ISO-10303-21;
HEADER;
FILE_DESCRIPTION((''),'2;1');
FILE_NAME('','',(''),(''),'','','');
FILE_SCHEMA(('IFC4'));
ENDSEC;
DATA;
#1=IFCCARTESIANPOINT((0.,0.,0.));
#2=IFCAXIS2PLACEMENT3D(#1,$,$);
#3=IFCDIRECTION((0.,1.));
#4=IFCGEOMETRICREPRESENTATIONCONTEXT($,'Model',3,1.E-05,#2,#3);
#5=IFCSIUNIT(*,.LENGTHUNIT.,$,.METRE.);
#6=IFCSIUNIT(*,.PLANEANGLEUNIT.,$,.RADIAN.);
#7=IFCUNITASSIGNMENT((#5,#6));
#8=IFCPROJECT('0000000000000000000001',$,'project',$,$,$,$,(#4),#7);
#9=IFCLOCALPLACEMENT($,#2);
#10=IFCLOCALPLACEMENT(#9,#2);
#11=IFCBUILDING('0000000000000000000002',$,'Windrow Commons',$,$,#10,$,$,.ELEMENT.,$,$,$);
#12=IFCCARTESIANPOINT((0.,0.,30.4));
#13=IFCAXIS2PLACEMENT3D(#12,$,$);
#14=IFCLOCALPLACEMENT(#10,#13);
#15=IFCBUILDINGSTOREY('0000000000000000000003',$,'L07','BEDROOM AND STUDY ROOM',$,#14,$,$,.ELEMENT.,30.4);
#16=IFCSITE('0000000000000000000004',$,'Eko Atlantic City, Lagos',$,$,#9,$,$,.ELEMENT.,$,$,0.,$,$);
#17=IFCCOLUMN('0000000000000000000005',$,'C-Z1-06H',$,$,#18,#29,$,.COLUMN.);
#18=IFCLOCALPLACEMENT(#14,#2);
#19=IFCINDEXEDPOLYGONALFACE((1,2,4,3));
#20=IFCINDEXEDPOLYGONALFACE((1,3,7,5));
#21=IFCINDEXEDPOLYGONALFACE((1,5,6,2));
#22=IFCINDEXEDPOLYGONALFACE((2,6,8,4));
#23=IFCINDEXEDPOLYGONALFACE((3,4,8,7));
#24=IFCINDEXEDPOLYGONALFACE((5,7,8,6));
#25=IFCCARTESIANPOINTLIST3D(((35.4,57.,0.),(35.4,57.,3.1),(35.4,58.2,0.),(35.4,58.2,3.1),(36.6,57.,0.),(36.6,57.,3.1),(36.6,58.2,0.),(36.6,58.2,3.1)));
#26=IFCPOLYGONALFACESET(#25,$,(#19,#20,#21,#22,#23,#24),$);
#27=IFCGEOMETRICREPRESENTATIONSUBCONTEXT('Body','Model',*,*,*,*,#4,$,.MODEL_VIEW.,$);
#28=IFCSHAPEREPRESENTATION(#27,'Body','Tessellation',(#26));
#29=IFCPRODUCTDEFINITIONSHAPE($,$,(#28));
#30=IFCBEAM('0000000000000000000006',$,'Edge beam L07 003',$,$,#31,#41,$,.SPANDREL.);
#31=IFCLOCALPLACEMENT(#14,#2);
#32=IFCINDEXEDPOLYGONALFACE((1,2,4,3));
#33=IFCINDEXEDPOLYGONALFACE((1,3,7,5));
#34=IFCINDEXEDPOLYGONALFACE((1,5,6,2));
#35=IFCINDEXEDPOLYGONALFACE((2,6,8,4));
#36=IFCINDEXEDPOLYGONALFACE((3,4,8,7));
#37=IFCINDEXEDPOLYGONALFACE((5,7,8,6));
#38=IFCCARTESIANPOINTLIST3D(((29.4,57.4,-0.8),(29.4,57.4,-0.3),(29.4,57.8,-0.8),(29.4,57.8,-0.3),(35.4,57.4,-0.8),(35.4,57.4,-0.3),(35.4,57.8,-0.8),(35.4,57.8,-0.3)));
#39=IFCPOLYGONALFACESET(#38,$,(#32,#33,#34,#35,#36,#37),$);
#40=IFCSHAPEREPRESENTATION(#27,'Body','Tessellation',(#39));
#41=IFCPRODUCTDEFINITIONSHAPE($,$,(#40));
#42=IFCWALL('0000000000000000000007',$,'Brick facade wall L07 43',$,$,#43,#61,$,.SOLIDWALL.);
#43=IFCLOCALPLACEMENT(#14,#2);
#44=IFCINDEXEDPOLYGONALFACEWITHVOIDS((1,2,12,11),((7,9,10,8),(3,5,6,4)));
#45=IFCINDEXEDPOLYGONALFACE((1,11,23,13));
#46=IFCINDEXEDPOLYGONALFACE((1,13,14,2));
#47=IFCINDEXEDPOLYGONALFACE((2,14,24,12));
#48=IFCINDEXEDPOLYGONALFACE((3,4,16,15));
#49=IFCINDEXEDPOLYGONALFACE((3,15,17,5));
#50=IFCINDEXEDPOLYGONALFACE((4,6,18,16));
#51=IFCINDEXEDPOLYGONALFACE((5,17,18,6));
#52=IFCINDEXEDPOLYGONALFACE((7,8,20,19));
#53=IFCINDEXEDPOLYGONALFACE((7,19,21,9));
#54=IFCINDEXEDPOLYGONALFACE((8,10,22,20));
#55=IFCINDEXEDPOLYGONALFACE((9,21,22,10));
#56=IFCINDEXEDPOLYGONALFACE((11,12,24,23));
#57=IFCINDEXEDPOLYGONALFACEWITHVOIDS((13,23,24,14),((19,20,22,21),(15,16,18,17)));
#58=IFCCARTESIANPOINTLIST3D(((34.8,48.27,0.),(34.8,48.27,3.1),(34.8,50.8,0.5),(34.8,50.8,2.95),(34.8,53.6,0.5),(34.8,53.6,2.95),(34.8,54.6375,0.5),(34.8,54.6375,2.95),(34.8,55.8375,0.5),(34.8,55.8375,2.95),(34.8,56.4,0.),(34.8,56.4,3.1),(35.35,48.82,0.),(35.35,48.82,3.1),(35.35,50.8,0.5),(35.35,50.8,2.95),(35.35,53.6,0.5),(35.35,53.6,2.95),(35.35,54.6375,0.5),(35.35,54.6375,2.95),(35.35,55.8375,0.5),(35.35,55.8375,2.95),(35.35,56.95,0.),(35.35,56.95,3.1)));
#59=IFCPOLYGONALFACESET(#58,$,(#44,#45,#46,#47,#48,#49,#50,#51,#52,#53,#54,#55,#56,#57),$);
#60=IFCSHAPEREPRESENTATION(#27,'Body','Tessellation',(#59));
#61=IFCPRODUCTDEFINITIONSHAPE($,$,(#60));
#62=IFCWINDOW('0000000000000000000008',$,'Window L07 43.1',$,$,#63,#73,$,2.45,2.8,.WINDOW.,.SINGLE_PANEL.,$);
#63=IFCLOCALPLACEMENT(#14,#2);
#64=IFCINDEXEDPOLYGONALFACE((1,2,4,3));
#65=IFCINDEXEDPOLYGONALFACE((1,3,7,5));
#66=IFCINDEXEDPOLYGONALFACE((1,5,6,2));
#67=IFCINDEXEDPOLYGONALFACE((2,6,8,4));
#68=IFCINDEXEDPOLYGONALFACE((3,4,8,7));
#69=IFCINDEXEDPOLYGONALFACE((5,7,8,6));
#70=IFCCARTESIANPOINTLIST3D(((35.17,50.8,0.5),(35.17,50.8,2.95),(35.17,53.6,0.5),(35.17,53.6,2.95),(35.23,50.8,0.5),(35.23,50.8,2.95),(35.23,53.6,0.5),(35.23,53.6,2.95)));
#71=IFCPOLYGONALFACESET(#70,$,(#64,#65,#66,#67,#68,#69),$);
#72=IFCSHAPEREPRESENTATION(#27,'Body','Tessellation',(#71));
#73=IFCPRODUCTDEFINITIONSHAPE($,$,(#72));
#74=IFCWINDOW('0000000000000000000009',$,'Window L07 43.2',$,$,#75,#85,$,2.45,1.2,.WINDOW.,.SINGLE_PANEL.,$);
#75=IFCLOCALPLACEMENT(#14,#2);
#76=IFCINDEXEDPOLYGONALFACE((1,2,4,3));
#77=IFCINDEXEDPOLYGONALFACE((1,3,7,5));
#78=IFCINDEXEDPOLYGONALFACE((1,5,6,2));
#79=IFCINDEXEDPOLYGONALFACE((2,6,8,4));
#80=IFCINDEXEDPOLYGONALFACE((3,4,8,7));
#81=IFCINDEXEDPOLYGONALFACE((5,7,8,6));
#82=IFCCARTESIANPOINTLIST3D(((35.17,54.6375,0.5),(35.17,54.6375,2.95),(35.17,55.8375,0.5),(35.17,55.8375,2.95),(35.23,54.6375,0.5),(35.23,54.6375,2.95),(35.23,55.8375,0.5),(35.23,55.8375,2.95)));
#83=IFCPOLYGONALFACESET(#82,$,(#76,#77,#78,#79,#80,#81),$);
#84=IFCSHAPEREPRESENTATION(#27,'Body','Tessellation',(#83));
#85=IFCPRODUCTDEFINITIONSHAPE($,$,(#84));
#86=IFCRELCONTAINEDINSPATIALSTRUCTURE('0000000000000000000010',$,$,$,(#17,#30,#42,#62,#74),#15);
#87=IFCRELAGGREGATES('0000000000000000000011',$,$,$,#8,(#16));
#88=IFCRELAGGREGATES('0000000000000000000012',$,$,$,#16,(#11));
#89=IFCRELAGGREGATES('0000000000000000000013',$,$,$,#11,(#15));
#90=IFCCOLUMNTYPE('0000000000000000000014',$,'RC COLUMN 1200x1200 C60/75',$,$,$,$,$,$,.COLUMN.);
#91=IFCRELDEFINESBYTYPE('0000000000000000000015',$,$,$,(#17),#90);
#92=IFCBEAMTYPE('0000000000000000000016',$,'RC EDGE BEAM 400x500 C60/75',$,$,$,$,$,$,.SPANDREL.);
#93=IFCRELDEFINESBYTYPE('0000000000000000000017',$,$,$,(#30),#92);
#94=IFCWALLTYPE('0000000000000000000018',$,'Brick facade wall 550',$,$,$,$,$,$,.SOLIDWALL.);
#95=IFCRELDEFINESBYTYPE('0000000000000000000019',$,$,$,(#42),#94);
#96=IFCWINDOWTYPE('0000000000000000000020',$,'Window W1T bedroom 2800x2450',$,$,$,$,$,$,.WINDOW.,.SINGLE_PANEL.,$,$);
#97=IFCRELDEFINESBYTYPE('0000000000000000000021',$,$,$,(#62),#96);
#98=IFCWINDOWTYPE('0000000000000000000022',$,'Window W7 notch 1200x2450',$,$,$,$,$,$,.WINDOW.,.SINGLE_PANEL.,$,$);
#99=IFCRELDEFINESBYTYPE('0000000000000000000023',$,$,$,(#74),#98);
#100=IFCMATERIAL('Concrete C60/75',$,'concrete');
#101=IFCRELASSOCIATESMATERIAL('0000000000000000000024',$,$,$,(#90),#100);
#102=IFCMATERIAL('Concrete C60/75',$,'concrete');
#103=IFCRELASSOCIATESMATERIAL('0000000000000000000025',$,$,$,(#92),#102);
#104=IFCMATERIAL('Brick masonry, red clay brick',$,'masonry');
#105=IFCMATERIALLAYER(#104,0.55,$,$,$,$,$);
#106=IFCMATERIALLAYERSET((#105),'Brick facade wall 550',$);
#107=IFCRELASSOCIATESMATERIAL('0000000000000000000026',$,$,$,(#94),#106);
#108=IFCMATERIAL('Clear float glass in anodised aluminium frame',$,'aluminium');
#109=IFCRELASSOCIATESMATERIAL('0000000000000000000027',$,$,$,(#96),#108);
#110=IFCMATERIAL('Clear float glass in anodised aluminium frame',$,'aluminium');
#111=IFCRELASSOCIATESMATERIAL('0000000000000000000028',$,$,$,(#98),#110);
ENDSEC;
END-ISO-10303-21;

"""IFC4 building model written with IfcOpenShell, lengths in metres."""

from ifc_helpers import new_model, si_unit, direction, frame, frame_2d, origin, origin_2d, place, context, subcontext, project, spatial, polyline, rectangle, outline, extrude, material, layer, layer_set, material_profile, profile_set, type_object, element, fill, save


model = new_model("IFC4")

# Units and contexts
model_context = context("Model", 3, precision=1e-05, world=origin(), true_north=direction((0.0, 1.0)))
body_context = subcontext(model_context, "Body", "Model", "MODEL_VIEW")
ifc_project = project(units=[si_unit("LENGTHUNIT", "METRE"), si_unit("PLANEANGLEUNIT", "RADIAN")], contexts=[model_context])

# Site, building, storey
site_placement = place(None, origin())
site = spatial("IfcSite", under=ifc_project, at=site_placement, Name="Eko Atlantic City, Lagos", CompositionType="ELEMENT", RefElevation=0.0)
building_placement = place(site_placement, origin())
building = spatial("IfcBuilding", under=site, at=building_placement, Name="Windrow Commons", CompositionType="ELEMENT")
storey_placement = place(building_placement, frame((0.0, 0.0, 30.4)))
storey = spatial("IfcBuildingStorey", under=building, at=storey_placement, Name="L07", Description="BEDROOM AND STUDY ROOM", CompositionType="ELEMENT", Elevation=30.4)

# Column
ifc_material_1 = material(Name="Concrete C60/75", Category="concrete")
ifc_material_profile_1 = material_profile(ifc_material_1, rectangle(XDim=1.2, YDim=1.2, at=origin_2d()))
ifc_profile_set_1 = profile_set([ifc_material_profile_1], Name="Concrete C60/75")
column_type = type_object("IfcColumnType", Name="RC COLUMN 1200x1200 C60/75", PredefinedType="COLUMN", material=ifc_profile_set_1)
column_placement = place(storey_placement, frame((36.0, 57.6, 0.0), z_axis=(0.0, 0.0, 1.0), x_axis=(1.0, 0.0, 0.0)))
element("IfcColumn", 1, at=column_placement, inside=storey, type_object=column_type, Name="C-Z1-06H", PredefinedType="COLUMN", context=body_context, shape_type="SweptSolid", body=[
    extrude(rectangle(XDim=1.2, YDim=1.2, at=origin_2d()), origin(), (0.0, 0.0, 1.0), 3.1),
])

# Beam
ifc_material_2 = material(Name="Concrete C60/75", Category="concrete")
ifc_material_profile_2 = material_profile(ifc_material_2, rectangle(XDim=0.4, YDim=0.5, at=origin_2d()))
ifc_profile_set_2 = profile_set([ifc_material_profile_2], Name="Concrete C60/75")
beam_type = type_object("IfcBeamType", Name="RC EDGE BEAM 400x500 C60/75", PredefinedType="SPANDREL", material=ifc_profile_set_2)
beam_placement = place(storey_placement, frame((35.4, 57.6, -0.55), z_axis=(-1.0, 0.0, 0.0), x_axis=(0.0, -1.0, 0.0)))
element("IfcBeam", 2, at=beam_placement, inside=storey, type_object=beam_type, Name="Edge beam L07 003", PredefinedType="SPANDREL", context=body_context, shape_type="SweptSolid", body=[
    extrude(rectangle(XDim=0.4, YDim=0.5, at=origin_2d()), origin(), (0.0, 0.0, 1.0), 6.0),
])

# Wall, openings, windows
ifc_material_3 = material(Name="Brick masonry, red clay brick", Category="masonry")
ifc_layer_1 = layer(ifc_material_3, 0.55)
ifc_layer_set_1 = layer_set([ifc_layer_1], Name="Brick facade wall 550")
wall_type_1 = type_object("IfcWallType", Name="Brick facade wall 550", PredefinedType="SOLIDWALL", material=ifc_layer_set_1)
wall_1_placement = place(storey_placement, frame((35.075, 56.675, 0.0), z_axis=(0.0, 0.0, 1.0), x_axis=(0.0, -1.0, 0.0)))
wall_1 = element("IfcWall", 3, at=wall_1_placement, inside=storey, type_object=wall_type_1, Name="Brick facade wall L07 43", PredefinedType="SOLIDWALL", context=body_context, shape_type="SweptSolid", body=[
    extrude(outline(polyline([(0.275, -0.275), (8.405, -0.275), (7.855, 0.275), (-0.275, 0.275), (0.275, -0.275)])), origin(), (0.0, 0.0, 1.0), 3.1),
])
opening_1_placement = place(wall_1_placement, frame((3.075, 0.0, 0.5)))
opening_1 = element("IfcOpeningElement", 4, at=opening_1_placement, cuts=wall_1, PredefinedType="OPENING", context=body_context, shape_type="SweptSolid", body=[
    extrude(rectangle(XDim=2.8, YDim=2.45, at=frame_2d((1.4, 1.225))), frame((0.0, 0.285, 0.0), z_axis=(0.0, -1.0, 0.0), x_axis=(1.0, 0.0, 0.0)), (0.0, 0.0, 1.0), 0.57),
])
opening_2_placement = place(wall_1_placement, frame((0.8375, 0.0, 0.5)))
opening_2 = element("IfcOpeningElement", 5, at=opening_2_placement, cuts=wall_1, PredefinedType="OPENING", context=body_context, shape_type="SweptSolid", body=[
    extrude(rectangle(XDim=1.2, YDim=2.45, at=frame_2d((0.6, 1.225))), frame((0.0, 0.285, 0.0), z_axis=(0.0, -1.0, 0.0), x_axis=(1.0, 0.0, 0.0)), (0.0, 0.0, 1.0), 0.57),
])
ifc_material_4 = material(Name="Clear float glass in anodised aluminium frame", Category="aluminium")
window_type_1 = type_object("IfcWindowType", Name="Window W1T bedroom 2800x2450", PartitioningType="SINGLE_PANEL", PredefinedType="WINDOW", material=ifc_material_4)
window_1_placement = place(opening_1_placement, origin())
window_1 = element("IfcWindow", 6, at=window_1_placement, inside=storey, type_object=window_type_1, Name="Window L07 43.1", OverallHeight=2.45, OverallWidth=2.8, PartitioningType="SINGLE_PANEL", PredefinedType="WINDOW", context=body_context, shape_type="SweptSolid", body=[
    extrude(rectangle(XDim=2.8, YDim=2.45, at=frame_2d((1.4, 1.225))), frame((0.0, 0.155, 0.0), z_axis=(0.0, -1.0, 0.0), x_axis=(1.0, 0.0, 0.0)), (0.0, 0.0, 1.0), 0.06),
])
fill(opening_1, window_1)
ifc_material_5 = material(Name="Clear float glass in anodised aluminium frame", Category="aluminium")
window_type_2 = type_object("IfcWindowType", Name="Window W7 notch 1200x2450", PartitioningType="SINGLE_PANEL", PredefinedType="WINDOW", material=ifc_material_5)
window_2_placement = place(opening_2_placement, origin())
window_2 = element("IfcWindow", 7, at=window_2_placement, inside=storey, type_object=window_type_2, Name="Window L07 43.2", OverallHeight=2.45, OverallWidth=1.2, PartitioningType="SINGLE_PANEL", PredefinedType="WINDOW", context=body_context, shape_type="SweptSolid", body=[
    extrude(rectangle(XDim=1.2, YDim=2.45, at=frame_2d((0.6, 1.225))), frame((0.0, 0.155, 0.0), z_axis=(0.0, -1.0, 0.0), x_axis=(1.0, 0.0, 0.0)), (0.0, 0.0, 1.0), 0.06),
])
fill(opening_2, window_2)

save(model, "model.ifc")
